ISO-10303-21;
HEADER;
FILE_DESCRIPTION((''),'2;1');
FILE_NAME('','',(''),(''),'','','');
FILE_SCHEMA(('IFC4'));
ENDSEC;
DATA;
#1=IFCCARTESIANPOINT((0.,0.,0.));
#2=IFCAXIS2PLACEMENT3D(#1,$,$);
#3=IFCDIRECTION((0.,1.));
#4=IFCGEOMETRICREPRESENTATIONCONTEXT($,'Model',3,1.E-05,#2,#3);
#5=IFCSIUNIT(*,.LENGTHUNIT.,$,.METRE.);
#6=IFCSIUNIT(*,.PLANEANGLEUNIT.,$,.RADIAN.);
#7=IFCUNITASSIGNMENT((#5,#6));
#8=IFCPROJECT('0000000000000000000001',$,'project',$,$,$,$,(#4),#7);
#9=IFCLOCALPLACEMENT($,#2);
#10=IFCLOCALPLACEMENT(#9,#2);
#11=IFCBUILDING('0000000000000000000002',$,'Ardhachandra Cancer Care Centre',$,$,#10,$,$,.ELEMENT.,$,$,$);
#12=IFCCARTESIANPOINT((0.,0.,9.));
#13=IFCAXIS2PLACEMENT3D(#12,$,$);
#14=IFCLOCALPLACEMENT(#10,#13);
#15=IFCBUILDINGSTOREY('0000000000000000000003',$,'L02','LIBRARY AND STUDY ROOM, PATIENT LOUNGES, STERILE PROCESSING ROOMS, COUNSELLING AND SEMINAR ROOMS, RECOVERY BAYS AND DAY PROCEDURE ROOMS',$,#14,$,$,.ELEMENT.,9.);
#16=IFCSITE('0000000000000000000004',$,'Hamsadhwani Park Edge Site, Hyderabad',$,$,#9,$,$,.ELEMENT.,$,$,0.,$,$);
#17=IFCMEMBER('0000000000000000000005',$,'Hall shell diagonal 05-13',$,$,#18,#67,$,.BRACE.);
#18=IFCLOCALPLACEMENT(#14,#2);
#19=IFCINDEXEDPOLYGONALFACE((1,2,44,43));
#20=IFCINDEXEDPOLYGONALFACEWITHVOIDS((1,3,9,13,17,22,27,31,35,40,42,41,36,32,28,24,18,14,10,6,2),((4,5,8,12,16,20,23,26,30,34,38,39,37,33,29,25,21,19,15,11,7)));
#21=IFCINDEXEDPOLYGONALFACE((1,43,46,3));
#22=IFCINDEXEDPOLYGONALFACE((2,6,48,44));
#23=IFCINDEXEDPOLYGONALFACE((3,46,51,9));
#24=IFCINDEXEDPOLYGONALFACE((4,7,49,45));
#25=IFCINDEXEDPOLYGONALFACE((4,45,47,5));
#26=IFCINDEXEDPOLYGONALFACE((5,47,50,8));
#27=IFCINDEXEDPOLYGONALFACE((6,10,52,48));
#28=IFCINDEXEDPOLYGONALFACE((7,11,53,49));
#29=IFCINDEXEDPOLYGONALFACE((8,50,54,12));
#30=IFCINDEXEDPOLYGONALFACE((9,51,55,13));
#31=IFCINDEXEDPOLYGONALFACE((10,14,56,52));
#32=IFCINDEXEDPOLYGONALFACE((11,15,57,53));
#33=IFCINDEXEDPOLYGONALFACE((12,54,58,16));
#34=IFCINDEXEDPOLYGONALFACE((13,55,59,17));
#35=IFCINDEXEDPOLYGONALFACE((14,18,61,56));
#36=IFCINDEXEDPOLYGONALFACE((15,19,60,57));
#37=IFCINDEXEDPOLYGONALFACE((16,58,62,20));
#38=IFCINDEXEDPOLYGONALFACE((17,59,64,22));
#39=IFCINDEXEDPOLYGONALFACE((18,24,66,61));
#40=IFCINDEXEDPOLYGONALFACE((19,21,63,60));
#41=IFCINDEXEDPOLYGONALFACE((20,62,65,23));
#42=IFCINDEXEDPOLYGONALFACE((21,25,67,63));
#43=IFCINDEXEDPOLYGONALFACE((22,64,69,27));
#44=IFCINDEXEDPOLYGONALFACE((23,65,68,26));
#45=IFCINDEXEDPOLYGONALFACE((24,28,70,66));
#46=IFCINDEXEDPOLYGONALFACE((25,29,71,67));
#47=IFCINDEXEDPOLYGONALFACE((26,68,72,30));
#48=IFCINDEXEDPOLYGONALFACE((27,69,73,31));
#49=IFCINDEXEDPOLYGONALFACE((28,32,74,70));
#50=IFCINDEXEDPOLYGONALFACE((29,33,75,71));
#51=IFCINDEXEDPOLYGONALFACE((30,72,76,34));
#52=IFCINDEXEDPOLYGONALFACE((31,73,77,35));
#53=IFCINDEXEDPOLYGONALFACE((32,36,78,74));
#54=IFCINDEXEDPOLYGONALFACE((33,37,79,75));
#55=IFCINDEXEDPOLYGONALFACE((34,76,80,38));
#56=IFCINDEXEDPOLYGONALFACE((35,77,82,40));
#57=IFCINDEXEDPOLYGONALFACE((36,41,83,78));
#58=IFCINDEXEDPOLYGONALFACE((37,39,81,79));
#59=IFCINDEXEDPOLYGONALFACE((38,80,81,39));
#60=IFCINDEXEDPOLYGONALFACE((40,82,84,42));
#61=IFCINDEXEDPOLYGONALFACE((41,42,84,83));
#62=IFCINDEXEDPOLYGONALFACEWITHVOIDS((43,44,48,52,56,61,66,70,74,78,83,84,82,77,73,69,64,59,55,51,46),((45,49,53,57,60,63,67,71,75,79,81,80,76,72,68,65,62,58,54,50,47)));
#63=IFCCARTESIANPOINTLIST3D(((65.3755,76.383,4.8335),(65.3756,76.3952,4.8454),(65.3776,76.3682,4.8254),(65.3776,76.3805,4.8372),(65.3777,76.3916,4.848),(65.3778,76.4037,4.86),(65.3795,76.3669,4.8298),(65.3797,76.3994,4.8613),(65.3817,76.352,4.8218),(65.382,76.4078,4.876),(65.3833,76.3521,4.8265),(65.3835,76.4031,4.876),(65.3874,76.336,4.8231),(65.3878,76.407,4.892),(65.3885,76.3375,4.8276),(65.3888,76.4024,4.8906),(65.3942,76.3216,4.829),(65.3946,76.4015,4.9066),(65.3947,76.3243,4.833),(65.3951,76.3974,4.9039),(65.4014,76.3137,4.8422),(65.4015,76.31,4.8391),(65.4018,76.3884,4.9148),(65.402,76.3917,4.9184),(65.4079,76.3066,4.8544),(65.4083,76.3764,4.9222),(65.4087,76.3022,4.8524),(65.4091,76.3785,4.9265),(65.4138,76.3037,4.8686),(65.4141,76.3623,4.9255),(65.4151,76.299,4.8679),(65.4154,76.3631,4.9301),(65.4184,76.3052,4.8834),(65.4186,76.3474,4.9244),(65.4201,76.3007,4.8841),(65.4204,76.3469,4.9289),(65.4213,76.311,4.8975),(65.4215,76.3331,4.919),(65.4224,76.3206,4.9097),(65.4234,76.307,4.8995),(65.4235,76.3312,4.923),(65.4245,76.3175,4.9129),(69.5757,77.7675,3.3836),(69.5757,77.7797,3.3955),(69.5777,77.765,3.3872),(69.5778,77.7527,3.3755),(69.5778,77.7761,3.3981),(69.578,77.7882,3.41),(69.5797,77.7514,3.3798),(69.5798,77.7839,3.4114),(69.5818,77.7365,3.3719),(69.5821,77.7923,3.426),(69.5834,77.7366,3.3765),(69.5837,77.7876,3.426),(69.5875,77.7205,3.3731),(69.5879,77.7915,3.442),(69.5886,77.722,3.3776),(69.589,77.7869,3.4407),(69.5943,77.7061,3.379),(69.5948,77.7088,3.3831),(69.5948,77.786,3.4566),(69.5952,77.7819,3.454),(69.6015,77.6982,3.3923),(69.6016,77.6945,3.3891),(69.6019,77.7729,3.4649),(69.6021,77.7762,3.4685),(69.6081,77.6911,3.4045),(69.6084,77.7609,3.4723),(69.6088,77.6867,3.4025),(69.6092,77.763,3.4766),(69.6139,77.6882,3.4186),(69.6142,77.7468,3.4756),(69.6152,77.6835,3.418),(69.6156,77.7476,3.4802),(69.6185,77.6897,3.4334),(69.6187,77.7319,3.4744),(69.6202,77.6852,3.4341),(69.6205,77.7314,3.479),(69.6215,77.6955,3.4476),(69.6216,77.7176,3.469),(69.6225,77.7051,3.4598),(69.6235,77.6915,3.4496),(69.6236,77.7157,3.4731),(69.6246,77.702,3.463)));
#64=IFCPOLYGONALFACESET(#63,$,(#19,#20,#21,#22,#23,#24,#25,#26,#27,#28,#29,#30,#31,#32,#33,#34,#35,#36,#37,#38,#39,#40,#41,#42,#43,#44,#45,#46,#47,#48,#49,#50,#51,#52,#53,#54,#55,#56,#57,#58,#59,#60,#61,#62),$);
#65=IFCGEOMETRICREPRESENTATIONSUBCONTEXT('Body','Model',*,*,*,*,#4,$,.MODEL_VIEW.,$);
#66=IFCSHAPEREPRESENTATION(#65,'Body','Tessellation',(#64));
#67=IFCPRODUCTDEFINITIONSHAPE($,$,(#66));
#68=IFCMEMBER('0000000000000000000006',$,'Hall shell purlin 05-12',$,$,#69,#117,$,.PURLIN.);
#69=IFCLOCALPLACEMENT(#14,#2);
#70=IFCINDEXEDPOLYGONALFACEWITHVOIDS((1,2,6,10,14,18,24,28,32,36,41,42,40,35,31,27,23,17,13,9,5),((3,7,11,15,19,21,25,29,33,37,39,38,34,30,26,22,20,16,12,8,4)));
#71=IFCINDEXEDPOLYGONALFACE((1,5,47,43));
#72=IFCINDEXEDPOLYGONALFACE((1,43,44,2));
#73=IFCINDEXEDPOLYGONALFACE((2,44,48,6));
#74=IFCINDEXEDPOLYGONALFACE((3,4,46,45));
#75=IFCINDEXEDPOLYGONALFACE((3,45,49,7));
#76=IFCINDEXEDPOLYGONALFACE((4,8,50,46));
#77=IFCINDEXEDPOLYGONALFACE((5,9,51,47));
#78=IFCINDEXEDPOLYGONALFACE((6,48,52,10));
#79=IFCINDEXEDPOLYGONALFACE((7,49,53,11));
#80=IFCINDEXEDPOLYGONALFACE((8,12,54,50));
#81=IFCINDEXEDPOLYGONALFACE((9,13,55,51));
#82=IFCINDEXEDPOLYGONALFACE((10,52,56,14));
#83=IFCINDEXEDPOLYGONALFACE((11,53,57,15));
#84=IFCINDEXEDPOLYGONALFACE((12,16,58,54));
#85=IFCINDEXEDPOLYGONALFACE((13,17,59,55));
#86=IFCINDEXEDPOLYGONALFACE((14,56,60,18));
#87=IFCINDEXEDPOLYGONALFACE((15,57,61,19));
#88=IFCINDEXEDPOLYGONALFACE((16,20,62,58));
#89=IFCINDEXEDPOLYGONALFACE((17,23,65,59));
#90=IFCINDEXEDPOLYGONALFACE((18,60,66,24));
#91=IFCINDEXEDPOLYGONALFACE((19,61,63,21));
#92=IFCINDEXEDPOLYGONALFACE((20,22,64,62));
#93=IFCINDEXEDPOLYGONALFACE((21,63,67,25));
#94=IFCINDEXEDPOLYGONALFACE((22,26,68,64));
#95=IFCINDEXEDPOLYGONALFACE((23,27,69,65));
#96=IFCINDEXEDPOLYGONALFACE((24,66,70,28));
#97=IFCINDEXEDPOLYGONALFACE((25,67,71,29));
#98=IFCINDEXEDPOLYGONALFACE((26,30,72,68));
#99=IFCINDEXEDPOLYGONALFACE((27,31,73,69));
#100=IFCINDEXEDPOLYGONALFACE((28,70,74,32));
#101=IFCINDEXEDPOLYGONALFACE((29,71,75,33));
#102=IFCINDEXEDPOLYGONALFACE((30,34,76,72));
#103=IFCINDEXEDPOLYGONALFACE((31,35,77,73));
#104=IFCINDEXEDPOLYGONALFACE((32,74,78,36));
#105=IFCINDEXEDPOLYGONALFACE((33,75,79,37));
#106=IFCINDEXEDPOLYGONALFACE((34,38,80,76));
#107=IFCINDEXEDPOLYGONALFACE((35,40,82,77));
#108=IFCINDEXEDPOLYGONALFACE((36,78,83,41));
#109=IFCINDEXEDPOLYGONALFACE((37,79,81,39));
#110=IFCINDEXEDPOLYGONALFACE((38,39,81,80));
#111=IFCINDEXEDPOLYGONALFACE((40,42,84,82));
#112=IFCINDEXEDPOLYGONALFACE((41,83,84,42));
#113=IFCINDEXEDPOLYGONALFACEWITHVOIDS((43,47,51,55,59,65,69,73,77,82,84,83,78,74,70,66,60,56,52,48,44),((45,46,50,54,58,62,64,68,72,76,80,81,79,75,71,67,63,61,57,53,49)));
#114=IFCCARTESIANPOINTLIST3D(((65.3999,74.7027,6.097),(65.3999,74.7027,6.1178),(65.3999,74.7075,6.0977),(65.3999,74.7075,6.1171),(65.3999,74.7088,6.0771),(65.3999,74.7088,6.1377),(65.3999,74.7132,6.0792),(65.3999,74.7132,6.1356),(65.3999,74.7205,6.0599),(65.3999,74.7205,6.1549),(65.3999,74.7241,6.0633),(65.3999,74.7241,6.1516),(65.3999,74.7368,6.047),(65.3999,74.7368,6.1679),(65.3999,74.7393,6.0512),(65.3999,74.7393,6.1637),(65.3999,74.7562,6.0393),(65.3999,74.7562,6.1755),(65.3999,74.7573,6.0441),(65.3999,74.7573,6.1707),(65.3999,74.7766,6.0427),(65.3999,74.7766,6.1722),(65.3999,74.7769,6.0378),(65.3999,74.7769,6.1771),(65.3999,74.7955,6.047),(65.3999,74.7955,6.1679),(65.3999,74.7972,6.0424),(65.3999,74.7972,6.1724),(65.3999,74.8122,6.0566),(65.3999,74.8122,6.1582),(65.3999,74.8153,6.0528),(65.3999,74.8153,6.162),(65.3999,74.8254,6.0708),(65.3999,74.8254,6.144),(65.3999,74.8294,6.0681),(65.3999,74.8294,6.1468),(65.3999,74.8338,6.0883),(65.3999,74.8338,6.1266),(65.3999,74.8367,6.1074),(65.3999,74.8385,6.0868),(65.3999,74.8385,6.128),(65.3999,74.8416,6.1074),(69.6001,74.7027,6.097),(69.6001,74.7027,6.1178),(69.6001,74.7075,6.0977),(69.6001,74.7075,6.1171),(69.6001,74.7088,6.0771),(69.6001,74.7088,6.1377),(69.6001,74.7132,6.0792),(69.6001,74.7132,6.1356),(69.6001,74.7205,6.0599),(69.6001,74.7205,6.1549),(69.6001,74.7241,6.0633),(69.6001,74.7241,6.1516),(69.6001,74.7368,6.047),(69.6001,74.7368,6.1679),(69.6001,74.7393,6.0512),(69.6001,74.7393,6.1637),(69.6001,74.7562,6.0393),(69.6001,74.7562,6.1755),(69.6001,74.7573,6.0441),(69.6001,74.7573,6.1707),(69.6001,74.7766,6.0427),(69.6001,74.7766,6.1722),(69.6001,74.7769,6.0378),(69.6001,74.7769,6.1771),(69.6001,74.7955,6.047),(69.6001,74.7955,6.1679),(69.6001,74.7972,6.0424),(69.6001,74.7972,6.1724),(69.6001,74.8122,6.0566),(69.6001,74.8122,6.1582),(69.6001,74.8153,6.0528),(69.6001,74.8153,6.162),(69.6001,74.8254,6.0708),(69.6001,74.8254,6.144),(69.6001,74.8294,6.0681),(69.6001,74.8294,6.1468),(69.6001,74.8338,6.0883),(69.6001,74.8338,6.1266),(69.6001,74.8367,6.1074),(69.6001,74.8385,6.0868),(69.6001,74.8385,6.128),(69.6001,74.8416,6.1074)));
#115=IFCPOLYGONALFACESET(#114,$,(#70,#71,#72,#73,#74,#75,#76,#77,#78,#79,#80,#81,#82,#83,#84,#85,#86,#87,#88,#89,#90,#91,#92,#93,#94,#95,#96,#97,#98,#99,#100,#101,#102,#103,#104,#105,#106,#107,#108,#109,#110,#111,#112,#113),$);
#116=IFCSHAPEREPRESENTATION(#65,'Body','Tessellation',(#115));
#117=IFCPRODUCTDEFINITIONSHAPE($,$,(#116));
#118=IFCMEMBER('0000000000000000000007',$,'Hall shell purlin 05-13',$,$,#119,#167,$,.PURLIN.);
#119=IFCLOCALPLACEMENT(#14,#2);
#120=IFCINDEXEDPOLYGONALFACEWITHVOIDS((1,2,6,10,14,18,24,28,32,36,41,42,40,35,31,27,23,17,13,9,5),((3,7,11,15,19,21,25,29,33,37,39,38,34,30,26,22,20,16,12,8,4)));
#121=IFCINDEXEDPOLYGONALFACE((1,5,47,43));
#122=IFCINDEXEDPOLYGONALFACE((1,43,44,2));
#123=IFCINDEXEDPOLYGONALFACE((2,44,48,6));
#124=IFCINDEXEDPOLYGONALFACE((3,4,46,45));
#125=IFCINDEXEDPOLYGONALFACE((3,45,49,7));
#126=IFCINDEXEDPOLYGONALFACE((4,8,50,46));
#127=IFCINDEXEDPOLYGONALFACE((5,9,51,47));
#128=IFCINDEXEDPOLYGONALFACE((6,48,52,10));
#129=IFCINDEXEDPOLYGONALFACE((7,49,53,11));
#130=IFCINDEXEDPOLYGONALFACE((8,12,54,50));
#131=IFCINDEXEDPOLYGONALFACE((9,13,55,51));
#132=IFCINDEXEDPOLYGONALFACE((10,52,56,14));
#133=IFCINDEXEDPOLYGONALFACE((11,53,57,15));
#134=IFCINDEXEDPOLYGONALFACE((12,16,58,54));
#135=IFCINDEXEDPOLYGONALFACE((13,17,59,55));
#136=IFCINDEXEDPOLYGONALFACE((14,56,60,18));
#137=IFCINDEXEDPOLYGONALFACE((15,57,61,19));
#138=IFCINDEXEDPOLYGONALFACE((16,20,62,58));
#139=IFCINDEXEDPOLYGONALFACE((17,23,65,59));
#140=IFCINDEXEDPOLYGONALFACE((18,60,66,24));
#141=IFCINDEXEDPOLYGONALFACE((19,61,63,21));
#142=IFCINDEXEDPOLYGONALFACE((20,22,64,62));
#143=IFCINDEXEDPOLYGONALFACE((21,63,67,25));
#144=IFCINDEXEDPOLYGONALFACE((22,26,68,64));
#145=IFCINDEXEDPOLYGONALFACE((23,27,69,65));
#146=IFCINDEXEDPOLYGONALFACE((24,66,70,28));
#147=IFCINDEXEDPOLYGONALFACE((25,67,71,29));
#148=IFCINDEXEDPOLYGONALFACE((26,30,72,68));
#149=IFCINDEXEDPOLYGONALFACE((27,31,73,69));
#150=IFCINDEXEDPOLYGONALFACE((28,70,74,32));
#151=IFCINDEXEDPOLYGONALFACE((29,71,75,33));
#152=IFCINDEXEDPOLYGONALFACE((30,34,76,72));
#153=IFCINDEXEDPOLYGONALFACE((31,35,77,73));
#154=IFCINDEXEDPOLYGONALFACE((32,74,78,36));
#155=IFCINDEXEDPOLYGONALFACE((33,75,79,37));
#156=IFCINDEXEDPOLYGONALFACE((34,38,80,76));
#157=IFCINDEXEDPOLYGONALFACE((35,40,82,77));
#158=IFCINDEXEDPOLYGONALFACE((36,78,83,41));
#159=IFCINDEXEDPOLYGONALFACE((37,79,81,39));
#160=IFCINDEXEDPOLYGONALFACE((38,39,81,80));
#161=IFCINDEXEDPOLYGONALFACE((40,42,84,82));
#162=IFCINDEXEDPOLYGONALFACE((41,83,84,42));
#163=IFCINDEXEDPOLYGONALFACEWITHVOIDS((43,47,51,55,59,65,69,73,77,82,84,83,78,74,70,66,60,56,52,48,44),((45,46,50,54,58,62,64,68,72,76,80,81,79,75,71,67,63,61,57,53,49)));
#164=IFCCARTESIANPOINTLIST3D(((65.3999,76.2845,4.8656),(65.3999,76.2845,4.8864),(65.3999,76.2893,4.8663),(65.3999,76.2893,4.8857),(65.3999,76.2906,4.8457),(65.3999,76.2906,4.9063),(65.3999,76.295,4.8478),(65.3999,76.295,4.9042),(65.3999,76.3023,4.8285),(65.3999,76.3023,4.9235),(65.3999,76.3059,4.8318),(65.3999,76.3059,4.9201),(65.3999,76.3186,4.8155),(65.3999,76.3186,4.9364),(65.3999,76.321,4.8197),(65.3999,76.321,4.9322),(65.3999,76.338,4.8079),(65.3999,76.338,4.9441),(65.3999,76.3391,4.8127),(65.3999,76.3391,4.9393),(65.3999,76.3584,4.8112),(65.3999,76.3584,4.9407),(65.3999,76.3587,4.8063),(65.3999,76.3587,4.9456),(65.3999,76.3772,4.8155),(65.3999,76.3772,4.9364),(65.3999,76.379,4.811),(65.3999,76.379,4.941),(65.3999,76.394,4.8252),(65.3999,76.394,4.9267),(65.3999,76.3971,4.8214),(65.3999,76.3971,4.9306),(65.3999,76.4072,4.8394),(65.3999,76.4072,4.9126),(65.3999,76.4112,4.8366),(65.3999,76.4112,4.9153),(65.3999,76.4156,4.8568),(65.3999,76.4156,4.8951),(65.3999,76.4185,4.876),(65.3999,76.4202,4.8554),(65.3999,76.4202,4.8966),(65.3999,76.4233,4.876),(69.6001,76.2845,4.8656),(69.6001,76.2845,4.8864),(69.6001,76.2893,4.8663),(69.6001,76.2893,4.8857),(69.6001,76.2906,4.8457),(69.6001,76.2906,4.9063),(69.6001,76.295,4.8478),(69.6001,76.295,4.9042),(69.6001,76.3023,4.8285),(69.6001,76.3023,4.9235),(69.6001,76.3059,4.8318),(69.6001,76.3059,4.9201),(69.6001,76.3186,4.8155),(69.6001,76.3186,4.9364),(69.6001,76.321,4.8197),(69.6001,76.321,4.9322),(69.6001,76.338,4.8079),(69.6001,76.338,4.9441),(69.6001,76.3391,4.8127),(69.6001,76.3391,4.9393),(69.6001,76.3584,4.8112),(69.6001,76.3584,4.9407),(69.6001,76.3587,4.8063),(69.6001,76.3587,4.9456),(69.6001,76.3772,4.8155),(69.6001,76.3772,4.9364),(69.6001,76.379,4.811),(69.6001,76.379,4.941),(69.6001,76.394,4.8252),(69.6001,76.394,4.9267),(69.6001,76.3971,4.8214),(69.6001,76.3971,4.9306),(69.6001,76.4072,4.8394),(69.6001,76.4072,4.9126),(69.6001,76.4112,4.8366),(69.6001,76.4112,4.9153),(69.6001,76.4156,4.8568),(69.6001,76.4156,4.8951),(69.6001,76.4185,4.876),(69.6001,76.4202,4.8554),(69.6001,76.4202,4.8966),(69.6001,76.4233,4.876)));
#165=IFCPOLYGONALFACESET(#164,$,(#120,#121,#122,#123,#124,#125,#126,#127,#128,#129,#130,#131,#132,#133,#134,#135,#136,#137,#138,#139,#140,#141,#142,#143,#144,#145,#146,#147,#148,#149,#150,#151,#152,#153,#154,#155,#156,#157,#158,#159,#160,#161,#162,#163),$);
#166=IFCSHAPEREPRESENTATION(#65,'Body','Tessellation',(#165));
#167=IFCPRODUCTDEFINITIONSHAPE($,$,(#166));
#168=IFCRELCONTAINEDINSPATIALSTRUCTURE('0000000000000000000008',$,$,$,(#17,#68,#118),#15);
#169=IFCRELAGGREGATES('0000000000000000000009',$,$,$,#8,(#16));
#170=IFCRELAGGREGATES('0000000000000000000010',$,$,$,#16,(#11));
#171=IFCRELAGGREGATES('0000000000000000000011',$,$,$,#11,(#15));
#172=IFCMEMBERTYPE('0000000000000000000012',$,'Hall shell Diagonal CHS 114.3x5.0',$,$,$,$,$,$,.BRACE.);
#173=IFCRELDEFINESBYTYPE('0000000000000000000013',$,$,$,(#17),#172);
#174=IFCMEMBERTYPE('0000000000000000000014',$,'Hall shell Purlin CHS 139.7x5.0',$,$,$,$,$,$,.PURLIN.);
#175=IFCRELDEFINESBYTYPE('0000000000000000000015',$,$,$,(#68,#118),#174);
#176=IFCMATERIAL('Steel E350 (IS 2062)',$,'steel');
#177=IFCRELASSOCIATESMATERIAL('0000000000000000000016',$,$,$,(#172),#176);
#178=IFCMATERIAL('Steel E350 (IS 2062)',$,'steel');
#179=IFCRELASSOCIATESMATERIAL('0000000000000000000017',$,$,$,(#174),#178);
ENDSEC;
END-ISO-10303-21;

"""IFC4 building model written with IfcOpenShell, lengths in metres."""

from ifc_helpers import new_model, si_unit, direction, frame, origin, origin_2d, place, context, subcontext, project, spatial, hollow_circle, extrude, material, material_profile, profile_set, type_object, element, save


model = new_model("IFC4")

# Units and contexts
model_context = context("Model", 3, precision=1e-05, world=origin(), true_north=direction((0.0, 1.0)))
body_context = subcontext(model_context, "Body", "Model", "MODEL_VIEW")
ifc_project = project(units=[si_unit("LENGTHUNIT", "METRE"), si_unit("PLANEANGLEUNIT", "RADIAN")], contexts=[model_context])

# Site, building, storey
site_placement = place(None, origin())
site = spatial("IfcSite", under=ifc_project, at=site_placement, Name="Hamsadhwani Park Edge Site, Hyderabad", CompositionType="ELEMENT", RefElevation=0.0)
building_placement = place(site_placement, origin())
building = spatial("IfcBuilding", under=site, at=building_placement, Name="Ardhachandra Cancer Care Centre", CompositionType="ELEMENT")
storey_placement = place(building_placement, frame((0.0, 0.0, 9.0)))
storey = spatial("IfcBuildingStorey", under=building, at=storey_placement, Name="L02", Description="LIBRARY AND STUDY ROOM, PATIENT LOUNGES, STERILE PROCESSING ROOMS, COUNSELLING AND SEMINAR ROOMS, RECOVERY BAYS AND DAY PROCEDURE ROOMS", CompositionType="ELEMENT", Elevation=9.0)

# Members
ifc_material_1 = material(Name="Steel E350 (IS 2062)", Category="steel")
ifc_material_profile_1 = material_profile(ifc_material_1, hollow_circle(Radius=0.0571, WallThickness=0.0049, at=origin_2d()), Name="CHS 114.3x5.0")
ifc_profile_set_1 = profile_set([ifc_material_profile_1], Name="Steel E350 (IS 2062)")
member_type_1 = type_object("IfcMemberType", Name="Hall shell Diagonal CHS 114.3x5.0", PredefinedType="BRACE", material=ifc_profile_set_1)
member_1_placement = place(storey_placement, frame((65.3999, 76.3535, 4.876), z_axis=(0.902467, 0.297483, -0.311541), x_axis=(-0.313063, 0.949732, 0.0)))
element("IfcMember", 1, at=member_1_placement, inside=storey, type_object=member_type_1, Name="Hall shell diagonal 05-13", PredefinedType="BRACE", context=body_context, shape_type="SweptSolid", body=[
    extrude(hollow_circle(Radius=0.0571, WallThickness=0.0049, at=origin_2d()), origin(), (0.0, 0.0, 1.0), 4.6541),
])
ifc_material_2 = material(Name="Steel E350 (IS 2062)", Category="steel")
ifc_material_profile_2 = material_profile(ifc_material_2, hollow_circle(Radius=0.0698, WallThickness=0.0049, at=origin_2d()), Name="CHS 139.7x5.0")
ifc_profile_set_2 = profile_set([ifc_material_profile_2], Name="Steel E350 (IS 2062)")
member_type_2 = type_object("IfcMemberType", Name="Hall shell Purlin CHS 139.7x5.0", PredefinedType="PURLIN", material=ifc_profile_set_2)
for number, where, z_axis, x_axis, name in (
    (2, (65.3999, 74.7717, 6.1074), (1.0, 0.0, 0.0), (0.0, 1.0, 0.0), "Hall shell purlin 05-12"),
    (3, (65.3999, 76.3535, 4.876), (1.0, 0.0, 0.0), (0.0, 1.0, 0.0), "Hall shell purlin 05-13"),
):
    element("IfcMember", number, at=place(storey_placement, frame(where, z_axis=z_axis, x_axis=x_axis)), inside=storey, type_object=member_type_2, Name=name, PredefinedType="PURLIN", context=body_context, shape_type="SweptSolid", body=[
        extrude(hollow_circle(Radius=0.0698, WallThickness=0.0049, at=origin_2d()), origin(), (0.0, 0.0, 1.0), 4.2002),
    ])

save(model, "model.ifc")
